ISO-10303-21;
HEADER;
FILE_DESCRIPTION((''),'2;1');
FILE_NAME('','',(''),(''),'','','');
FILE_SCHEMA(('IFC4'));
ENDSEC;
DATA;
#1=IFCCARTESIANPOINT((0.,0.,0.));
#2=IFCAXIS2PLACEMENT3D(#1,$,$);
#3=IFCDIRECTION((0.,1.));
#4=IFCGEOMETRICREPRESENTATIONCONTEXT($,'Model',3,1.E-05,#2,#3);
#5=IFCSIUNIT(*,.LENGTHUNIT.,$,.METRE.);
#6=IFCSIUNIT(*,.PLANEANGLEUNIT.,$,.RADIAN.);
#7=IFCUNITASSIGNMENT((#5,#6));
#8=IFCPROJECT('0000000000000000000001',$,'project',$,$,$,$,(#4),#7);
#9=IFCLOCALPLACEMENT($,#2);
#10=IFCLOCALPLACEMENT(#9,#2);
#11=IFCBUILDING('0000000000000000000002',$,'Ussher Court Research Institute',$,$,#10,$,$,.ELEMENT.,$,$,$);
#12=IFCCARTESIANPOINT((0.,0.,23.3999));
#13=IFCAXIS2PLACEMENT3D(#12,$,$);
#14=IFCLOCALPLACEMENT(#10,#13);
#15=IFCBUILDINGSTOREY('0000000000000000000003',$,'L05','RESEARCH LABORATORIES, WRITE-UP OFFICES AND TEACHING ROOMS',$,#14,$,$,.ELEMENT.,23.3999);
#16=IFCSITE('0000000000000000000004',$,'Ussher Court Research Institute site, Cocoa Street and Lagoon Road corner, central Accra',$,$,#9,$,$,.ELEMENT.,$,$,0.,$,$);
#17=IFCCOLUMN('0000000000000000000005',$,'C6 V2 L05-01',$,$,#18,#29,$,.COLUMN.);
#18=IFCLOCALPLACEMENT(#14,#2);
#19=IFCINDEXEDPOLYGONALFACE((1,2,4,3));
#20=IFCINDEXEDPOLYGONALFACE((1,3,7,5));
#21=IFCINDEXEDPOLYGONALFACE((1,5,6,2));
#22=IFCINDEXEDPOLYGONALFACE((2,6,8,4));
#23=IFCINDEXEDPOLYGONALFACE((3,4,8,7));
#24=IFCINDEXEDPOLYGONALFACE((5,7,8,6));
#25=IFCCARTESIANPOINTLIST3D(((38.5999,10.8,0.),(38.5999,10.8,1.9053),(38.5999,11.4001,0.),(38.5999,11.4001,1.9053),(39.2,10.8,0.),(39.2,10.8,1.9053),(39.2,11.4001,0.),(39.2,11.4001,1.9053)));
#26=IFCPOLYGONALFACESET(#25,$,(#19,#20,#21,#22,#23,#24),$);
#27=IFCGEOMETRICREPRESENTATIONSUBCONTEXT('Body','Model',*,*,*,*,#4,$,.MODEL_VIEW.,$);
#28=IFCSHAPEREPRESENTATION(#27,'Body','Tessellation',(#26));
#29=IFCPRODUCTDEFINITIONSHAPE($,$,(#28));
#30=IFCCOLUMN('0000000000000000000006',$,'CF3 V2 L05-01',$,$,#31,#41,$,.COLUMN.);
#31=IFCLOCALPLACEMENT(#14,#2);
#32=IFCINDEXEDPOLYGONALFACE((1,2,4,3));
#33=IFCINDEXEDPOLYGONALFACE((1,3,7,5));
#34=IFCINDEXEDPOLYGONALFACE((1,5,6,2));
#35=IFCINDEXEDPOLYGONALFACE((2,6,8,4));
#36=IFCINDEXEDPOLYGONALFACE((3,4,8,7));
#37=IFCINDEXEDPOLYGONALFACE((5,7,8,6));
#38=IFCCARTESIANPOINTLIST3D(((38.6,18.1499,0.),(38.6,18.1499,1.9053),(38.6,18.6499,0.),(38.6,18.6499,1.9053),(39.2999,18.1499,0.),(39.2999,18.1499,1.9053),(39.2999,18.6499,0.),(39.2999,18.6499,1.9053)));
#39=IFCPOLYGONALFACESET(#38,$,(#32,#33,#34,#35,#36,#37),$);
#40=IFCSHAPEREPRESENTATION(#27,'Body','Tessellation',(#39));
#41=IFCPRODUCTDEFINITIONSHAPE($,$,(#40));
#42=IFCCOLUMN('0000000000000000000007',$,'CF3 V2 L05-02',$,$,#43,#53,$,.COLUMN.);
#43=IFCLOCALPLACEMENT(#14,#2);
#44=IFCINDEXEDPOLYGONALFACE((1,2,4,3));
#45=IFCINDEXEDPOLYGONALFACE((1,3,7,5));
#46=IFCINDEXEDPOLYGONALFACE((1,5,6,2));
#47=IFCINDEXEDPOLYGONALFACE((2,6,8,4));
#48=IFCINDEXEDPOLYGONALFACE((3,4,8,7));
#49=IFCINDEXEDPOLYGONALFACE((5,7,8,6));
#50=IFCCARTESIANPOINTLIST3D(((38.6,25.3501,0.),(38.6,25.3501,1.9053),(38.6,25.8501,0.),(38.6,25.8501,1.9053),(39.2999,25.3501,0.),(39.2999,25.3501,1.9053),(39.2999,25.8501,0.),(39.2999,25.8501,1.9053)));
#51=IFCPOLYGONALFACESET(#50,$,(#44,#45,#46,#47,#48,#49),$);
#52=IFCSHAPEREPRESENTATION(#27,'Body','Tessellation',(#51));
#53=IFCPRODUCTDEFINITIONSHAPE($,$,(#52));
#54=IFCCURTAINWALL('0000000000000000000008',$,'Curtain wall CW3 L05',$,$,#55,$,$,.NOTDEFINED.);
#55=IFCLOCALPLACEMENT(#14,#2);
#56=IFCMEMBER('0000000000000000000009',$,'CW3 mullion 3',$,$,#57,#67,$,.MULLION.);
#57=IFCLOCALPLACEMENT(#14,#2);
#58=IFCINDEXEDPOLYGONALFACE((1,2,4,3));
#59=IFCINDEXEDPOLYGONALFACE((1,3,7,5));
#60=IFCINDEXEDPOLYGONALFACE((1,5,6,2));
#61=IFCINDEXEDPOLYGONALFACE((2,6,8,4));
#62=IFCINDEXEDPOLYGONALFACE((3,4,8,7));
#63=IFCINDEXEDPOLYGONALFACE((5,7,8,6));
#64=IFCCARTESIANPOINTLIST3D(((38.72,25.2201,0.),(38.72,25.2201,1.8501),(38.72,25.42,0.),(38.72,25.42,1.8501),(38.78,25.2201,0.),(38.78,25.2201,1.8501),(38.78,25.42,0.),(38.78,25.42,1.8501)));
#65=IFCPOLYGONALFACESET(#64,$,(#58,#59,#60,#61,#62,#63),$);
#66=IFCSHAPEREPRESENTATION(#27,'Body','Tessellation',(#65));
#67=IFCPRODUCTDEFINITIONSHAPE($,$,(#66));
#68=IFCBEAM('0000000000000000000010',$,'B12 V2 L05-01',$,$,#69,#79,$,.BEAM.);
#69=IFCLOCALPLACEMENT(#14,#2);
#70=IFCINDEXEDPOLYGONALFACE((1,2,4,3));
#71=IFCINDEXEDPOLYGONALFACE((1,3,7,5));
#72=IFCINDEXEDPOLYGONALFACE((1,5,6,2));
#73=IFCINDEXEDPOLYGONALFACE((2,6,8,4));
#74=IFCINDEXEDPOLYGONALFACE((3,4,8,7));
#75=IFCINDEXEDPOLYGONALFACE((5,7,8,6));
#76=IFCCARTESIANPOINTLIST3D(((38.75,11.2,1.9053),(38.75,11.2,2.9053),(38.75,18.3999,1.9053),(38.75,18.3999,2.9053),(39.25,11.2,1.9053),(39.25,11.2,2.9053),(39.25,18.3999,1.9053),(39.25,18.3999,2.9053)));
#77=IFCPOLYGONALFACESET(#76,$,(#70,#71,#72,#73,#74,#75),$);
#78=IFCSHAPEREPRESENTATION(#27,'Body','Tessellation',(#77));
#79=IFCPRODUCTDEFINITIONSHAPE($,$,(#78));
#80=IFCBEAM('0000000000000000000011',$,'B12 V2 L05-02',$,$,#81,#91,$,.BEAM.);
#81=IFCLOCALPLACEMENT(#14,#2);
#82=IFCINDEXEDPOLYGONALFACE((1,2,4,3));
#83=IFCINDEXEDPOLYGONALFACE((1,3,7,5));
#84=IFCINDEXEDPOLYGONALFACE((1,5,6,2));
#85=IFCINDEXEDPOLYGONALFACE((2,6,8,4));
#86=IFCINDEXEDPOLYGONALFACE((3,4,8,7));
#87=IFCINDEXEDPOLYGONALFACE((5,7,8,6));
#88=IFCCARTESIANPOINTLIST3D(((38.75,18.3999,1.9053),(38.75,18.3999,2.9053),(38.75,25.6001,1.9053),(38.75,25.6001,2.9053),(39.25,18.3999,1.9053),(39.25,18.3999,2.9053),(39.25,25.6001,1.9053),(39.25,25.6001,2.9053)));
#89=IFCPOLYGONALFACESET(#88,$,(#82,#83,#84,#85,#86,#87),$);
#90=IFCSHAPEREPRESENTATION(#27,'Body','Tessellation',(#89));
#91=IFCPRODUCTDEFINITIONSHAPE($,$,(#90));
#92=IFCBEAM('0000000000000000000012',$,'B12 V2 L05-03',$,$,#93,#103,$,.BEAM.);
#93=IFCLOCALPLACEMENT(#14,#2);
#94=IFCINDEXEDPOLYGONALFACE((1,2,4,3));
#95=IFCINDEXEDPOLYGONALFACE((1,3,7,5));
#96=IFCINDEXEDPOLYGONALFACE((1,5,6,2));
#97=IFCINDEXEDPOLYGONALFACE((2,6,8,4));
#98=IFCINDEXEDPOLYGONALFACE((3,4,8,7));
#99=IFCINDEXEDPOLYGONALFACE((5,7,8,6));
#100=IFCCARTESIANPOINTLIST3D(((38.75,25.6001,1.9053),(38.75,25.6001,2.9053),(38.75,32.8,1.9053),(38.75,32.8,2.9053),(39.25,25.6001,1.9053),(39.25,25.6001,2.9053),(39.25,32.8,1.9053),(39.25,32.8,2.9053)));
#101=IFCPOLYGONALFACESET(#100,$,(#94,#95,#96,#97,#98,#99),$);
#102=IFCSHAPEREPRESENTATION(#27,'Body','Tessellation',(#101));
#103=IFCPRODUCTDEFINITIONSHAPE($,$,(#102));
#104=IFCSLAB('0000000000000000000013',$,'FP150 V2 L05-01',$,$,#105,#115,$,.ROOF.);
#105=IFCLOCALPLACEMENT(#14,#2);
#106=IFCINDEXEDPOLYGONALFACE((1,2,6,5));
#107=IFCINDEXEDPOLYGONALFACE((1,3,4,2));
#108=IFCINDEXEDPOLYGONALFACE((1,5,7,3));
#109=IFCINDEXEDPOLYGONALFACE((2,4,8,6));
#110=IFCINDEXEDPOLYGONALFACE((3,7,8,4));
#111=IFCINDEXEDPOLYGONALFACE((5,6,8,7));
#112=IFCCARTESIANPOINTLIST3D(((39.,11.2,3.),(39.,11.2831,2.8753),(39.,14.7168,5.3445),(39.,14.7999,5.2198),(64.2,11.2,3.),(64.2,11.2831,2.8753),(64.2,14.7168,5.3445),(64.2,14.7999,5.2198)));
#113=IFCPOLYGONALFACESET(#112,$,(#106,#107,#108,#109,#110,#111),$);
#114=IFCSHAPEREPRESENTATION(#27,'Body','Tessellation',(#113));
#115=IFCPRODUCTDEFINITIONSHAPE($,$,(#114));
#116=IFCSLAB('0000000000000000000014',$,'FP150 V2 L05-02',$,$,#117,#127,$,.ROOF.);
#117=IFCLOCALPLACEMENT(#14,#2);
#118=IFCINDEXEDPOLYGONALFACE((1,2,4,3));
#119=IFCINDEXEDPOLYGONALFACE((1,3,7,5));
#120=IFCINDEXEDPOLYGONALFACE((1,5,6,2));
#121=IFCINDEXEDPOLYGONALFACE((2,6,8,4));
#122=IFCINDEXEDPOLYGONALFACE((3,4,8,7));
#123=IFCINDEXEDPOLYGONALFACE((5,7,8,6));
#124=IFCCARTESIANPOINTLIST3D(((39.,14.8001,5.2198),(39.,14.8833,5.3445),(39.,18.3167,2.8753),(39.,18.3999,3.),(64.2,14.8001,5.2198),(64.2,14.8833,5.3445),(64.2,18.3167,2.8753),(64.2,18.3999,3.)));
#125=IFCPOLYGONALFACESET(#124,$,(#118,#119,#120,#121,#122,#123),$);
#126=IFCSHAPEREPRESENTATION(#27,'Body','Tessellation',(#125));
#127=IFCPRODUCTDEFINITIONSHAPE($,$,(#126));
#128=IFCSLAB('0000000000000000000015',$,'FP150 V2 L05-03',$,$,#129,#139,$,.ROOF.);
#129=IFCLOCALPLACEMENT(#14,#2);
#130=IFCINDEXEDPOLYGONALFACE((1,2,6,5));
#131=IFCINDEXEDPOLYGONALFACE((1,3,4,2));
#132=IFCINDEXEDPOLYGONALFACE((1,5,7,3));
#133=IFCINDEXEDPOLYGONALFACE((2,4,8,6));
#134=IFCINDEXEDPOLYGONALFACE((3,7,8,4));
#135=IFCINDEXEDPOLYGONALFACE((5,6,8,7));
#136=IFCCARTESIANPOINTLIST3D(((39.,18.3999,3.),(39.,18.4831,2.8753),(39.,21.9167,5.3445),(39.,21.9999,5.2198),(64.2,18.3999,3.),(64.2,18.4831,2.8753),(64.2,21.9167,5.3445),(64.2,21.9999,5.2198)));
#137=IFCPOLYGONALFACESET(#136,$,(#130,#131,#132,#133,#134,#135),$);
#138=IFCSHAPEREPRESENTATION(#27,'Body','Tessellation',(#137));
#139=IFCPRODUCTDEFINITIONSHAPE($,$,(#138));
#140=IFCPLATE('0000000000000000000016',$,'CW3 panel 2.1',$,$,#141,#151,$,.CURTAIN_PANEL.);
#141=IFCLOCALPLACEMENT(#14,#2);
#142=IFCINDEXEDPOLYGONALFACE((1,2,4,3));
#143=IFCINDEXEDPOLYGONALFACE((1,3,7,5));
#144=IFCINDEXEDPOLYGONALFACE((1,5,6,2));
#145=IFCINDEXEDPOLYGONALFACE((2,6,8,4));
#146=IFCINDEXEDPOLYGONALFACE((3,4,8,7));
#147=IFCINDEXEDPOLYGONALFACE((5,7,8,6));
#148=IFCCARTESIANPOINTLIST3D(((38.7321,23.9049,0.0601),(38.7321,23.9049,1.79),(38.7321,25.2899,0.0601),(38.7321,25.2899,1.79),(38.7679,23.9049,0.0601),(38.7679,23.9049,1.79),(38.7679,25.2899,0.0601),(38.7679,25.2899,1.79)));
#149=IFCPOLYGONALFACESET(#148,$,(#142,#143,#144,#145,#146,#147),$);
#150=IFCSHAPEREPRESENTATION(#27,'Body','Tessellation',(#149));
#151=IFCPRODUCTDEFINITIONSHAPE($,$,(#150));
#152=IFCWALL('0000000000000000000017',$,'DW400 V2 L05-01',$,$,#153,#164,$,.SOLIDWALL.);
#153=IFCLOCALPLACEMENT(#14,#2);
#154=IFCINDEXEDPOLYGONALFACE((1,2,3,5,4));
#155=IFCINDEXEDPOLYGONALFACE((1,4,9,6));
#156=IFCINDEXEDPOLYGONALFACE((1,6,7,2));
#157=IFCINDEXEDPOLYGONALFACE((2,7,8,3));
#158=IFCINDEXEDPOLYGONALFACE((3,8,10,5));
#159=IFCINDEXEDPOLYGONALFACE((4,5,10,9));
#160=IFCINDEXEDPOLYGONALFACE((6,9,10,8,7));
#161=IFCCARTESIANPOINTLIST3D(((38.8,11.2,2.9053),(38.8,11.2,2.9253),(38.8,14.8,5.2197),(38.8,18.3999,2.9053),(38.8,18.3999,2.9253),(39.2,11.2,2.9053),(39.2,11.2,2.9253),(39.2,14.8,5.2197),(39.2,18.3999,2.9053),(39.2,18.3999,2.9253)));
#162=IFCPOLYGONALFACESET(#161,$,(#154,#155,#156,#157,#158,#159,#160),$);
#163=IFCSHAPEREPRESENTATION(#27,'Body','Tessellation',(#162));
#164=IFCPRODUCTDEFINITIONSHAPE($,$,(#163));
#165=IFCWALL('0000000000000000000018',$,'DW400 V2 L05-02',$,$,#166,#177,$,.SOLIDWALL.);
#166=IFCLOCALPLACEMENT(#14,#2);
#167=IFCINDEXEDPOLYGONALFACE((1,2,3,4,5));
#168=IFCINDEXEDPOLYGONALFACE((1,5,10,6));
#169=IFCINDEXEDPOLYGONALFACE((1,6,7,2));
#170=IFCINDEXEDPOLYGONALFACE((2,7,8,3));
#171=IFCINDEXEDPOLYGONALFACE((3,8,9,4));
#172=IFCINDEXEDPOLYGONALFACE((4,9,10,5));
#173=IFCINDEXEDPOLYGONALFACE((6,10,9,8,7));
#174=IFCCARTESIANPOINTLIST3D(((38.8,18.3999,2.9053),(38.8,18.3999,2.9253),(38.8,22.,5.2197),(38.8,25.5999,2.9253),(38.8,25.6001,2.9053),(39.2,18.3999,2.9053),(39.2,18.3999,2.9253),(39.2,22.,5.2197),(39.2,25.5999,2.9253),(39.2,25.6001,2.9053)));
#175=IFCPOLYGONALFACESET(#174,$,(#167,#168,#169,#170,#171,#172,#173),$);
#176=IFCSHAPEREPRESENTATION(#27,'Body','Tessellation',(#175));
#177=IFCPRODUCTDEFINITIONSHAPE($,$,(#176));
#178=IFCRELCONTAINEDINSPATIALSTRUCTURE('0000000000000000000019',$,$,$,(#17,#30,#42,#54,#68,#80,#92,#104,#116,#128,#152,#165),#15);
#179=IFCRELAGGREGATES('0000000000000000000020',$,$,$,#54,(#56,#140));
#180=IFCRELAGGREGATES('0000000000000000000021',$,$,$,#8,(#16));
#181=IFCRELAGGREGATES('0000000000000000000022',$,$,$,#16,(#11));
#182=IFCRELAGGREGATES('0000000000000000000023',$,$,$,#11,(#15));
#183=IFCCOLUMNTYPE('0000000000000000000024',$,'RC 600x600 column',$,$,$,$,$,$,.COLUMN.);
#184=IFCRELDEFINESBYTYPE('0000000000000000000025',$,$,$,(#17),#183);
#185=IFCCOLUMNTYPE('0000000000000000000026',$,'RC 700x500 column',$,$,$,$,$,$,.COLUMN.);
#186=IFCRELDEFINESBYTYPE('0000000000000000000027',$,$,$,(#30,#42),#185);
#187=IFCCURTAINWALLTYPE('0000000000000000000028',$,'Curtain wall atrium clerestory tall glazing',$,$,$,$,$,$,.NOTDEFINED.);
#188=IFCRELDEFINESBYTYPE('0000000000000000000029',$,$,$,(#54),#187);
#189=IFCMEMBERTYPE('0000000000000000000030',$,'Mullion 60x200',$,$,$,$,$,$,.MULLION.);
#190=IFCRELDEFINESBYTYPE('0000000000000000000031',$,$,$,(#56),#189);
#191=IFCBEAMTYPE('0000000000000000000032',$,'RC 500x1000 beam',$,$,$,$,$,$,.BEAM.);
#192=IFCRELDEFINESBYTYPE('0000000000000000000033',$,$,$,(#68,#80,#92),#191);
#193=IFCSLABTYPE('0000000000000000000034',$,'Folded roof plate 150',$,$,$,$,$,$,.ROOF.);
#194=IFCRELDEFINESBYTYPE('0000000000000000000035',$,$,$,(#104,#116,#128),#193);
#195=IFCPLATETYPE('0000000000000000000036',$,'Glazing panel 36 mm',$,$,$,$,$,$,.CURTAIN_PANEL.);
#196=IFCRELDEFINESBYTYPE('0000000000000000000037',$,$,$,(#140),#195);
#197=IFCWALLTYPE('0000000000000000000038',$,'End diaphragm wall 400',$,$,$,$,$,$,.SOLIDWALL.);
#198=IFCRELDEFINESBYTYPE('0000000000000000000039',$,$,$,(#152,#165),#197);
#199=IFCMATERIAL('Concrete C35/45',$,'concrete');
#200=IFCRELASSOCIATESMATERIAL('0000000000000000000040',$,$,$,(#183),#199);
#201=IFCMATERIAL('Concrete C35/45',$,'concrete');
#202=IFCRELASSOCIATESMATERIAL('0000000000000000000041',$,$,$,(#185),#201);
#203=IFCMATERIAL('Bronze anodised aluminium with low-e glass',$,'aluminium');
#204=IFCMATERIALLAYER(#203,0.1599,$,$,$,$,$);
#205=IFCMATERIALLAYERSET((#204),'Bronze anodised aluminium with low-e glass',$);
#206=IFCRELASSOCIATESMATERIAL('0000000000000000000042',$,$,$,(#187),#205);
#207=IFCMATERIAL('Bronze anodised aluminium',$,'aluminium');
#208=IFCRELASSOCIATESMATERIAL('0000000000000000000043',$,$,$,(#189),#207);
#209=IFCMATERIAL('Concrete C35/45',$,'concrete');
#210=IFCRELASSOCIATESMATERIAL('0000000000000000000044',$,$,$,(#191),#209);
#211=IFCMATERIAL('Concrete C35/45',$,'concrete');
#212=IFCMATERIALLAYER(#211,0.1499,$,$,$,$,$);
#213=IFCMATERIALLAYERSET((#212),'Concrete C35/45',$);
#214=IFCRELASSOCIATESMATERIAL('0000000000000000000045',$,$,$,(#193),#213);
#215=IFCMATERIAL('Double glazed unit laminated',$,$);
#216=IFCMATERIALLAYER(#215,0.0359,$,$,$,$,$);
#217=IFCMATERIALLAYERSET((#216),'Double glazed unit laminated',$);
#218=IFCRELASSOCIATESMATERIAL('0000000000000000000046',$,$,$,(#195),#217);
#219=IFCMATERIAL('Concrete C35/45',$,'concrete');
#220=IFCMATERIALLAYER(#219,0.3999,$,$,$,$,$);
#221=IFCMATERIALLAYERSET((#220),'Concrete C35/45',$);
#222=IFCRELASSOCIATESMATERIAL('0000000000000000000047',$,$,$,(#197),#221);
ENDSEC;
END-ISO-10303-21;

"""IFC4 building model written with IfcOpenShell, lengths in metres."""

from ifc_helpers import new_model, si_unit, direction, frame, origin, origin_2d, place, context, subcontext, project, spatial, polyline, rectangle, outline, extrude, material, layer, layer_set, material_profile, profile_set, type_object, element, aggregate, save


model = new_model("IFC4")

# Units and contexts
model_context = context("Model", 3, precision=1e-05, world=origin(), true_north=direction((0.0, 1.0)))
body_context = subcontext(model_context, "Body", "Model", "MODEL_VIEW")
ifc_project = project(units=[si_unit("LENGTHUNIT", "METRE"), si_unit("PLANEANGLEUNIT", "RADIAN")], contexts=[model_context])

# Site, building, storey
site_placement = place(None, origin())
site = spatial("IfcSite", under=ifc_project, at=site_placement, Name="Ussher Court Research Institute site, Cocoa Street and Lagoon Road corner, central Accra", CompositionType="ELEMENT", RefElevation=0.0)
building_placement = place(site_placement, origin())
building = spatial("IfcBuilding", under=site, at=building_placement, Name="Ussher Court Research Institute", CompositionType="ELEMENT")
storey_placement = place(building_placement, frame((0.0, 0.0, 23.3999)))
storey = spatial("IfcBuildingStorey", under=building, at=storey_placement, Name="L05", Description="RESEARCH LABORATORIES, WRITE-UP OFFICES AND TEACHING ROOMS", CompositionType="ELEMENT", Elevation=23.3999)

# Columns
ifc_material_1 = material(Name="Concrete C35/45", Category="concrete")
ifc_material_profile_1 = material_profile(ifc_material_1, rectangle(XDim=0.6001, YDim=0.6001, at=origin_2d()), Name="RC 600x600")
ifc_profile_set_1 = profile_set([ifc_material_profile_1], Name="Concrete C35/45")
column_type_1 = type_object("IfcColumnType", Name="RC 600x600 column", PredefinedType="COLUMN", material=ifc_profile_set_1)
column_placement = place(storey_placement, frame((38.8999, 11.1001, 0.0), z_axis=(0.0, 0.0, 1.0), x_axis=(1.0, 0.0, 0.0)))
element("IfcColumn", 1, at=column_placement, inside=storey, type_object=column_type_1, Name="C6 V2 L05-01", PredefinedType="COLUMN", context=body_context, shape_type="SweptSolid", body=[
    extrude(rectangle(XDim=0.6001, YDim=0.6001, at=origin_2d()), origin(), (0.0, 0.0, 1.0), 1.9053),
])
ifc_material_2 = material(Name="Concrete C35/45", Category="concrete")
ifc_material_profile_2 = material_profile(ifc_material_2, rectangle(XDim=0.7, YDim=0.5, at=origin_2d()), Name="RC 700x500")
ifc_profile_set_2 = profile_set([ifc_material_profile_2], Name="Concrete C35/45")
column_type_2 = type_object("IfcColumnType", Name="RC 700x500 column", PredefinedType="COLUMN", material=ifc_profile_set_2)
for number, where, z_axis, x_axis, name in (
    (2, (38.95, 18.3999, 0.0), (0.0, 0.0, 1.0), (1.0, 0.0, 0.0), "CF3 V2 L05-01"),
    (3, (38.95, 25.6001, 0.0), (0.0, 0.0, 1.0), (1.0, 0.0, 0.0), "CF3 V2 L05-02"),
):
    element("IfcColumn", number, at=place(storey_placement, frame(where, z_axis=z_axis, x_axis=x_axis)), inside=storey, type_object=column_type_2, Name=name, PredefinedType="COLUMN", context=body_context, shape_type="SweptSolid", body=[
        extrude(rectangle(XDim=0.7, YDim=0.5, at=origin_2d()), origin(), (0.0, 0.0, 1.0), 1.9053),
    ])

# Curtain wall, member
ifc_material_3 = material(Name="Bronze anodised aluminium with low-e glass", Category="aluminium")
ifc_layer_1 = layer(ifc_material_3, 0.1599)
ifc_layer_set_1 = layer_set([ifc_layer_1], Name="Bronze anodised aluminium with low-e glass")
curtain_wall_type = type_object("IfcCurtainWallType", Name="Curtain wall atrium clerestory tall glazing", PredefinedType="NOTDEFINED", material=ifc_layer_set_1)
curtain_wall_placement = place(storey_placement, origin())
curtain_wall = element("IfcCurtainWall", 4, at=curtain_wall_placement, inside=storey, type_object=curtain_wall_type, Name="Curtain wall CW3 L05", PredefinedType="NOTDEFINED")
ifc_material_4 = material(Name="Bronze anodised aluminium", Category="aluminium")
ifc_material_profile_3 = material_profile(ifc_material_4, rectangle(XDim=0.0601, YDim=0.2, at=origin_2d()), Name="Mullion 60x200")
ifc_profile_set_3 = profile_set([ifc_material_profile_3], Name="Bronze anodised aluminium")
member_type = type_object("IfcMemberType", Name="Mullion 60x200", PredefinedType="MULLION", material=ifc_profile_set_3)
member_placement = place(storey_placement, frame((38.75, 25.3201, 0.0), z_axis=(0.0, 0.0, 1.0), x_axis=(-1.0, 0.0, 0.0)))
member = element("IfcMember", 5, at=member_placement, type_object=member_type, Name="CW3 mullion 3", PredefinedType="MULLION", context=body_context, shape_type="SweptSolid", body=[
    extrude(rectangle(XDim=0.0601, YDim=0.2, at=origin_2d()), origin(), (0.0, 0.0, 1.0), 1.8501),
])

# Beams
ifc_material_5 = material(Name="Concrete C35/45", Category="concrete")
ifc_material_profile_4 = material_profile(ifc_material_5, rectangle(XDim=0.5, YDim=1.0, at=origin_2d()), Name="RC 500x1000")
ifc_profile_set_4 = profile_set([ifc_material_profile_4], Name="Concrete C35/45")
beam_type = type_object("IfcBeamType", Name="RC 500x1000 beam", PredefinedType="BEAM", material=ifc_profile_set_4)
beam_1_placement = place(storey_placement, frame((39.0, 11.2, 2.4053), z_axis=(0.0, 1.0, 0.0), x_axis=(-1.0, 0.0, 0.0)))
element("IfcBeam", 6, at=beam_1_placement, inside=storey, type_object=beam_type, Name="B12 V2 L05-01", PredefinedType="BEAM", context=body_context, shape_type="SweptSolid", body=[
    extrude(rectangle(XDim=0.5, YDim=1.0, at=origin_2d()), origin(), (0.0, 0.0, 1.0), 7.2),
])
beam_2_placement = place(storey_placement, frame((39.0, 18.3999, 2.4053), z_axis=(0.0, 1.0, 0.0), x_axis=(-1.0, 0.0, 0.0)))
element("IfcBeam", 7, at=beam_2_placement, inside=storey, type_object=beam_type, Name="B12 V2 L05-02", PredefinedType="BEAM", context=body_context, shape_type="SweptSolid", body=[
    extrude(rectangle(XDim=0.5, YDim=1.0, at=origin_2d()), origin(), (0.0, 0.0, 1.0), 7.2002),
])
beam_3_placement = place(storey_placement, frame((39.0, 25.6001, 2.4053), z_axis=(0.0, 1.0, 0.0), x_axis=(-1.0, 0.0, 0.0)))
element("IfcBeam", 8, at=beam_3_placement, inside=storey, type_object=beam_type, Name="B12 V2 L05-03", PredefinedType="BEAM", context=body_context, shape_type="SweptSolid", body=[
    extrude(rectangle(XDim=0.5, YDim=1.0, at=origin_2d()), origin(), (0.0, 0.0, 1.0), 7.2),
])

# Slabs
ifc_material_6 = material(Name="Concrete C35/45", Category="concrete")
ifc_layer_2 = layer(ifc_material_6, 0.1499)
ifc_layer_set_2 = layer_set([ifc_layer_2], Name="Concrete C35/45")
slab_type = type_object("IfcSlabType", Name="Folded roof plate 150", PredefinedType="ROOF", material=ifc_layer_set_2)
slab_1_placement = place(storey_placement, frame((39.0, 11.2, 3.0), z_axis=(0.0, -0.554687, 0.832059), x_axis=(1.0, 0.0, 0.0)))
element("IfcSlab", 9, at=slab_1_placement, inside=storey, type_object=slab_type, Name="FP150 V2 L05-01", PredefinedType="ROOF", context=body_context, shape_type="SweptSolid", body=[
    extrude(outline(polyline([(0.0, 0.0), (25.2, 0.0), (25.2, 4.2267), (0.0, 4.2267), (0.0, 0.0)])), origin(), (0.0, 0.0, -1.0), 0.1499),
])
slab_2_placement = place(storey_placement, frame((39.0, 18.3999, 3.0), z_axis=(0.0, 0.554714, 0.832041), x_axis=(1.0, 0.0, 0.0)))
element("IfcSlab", 10, at=slab_2_placement, inside=storey, type_object=slab_type, Name="FP150 V2 L05-02", PredefinedType="ROOF", context=body_context, shape_type="SweptSolid", body=[
    extrude(outline(polyline([(0.0, 0.0), (25.2, 0.0), (25.2, -4.2265), (0.0, -4.2265), (0.0, 0.0)])), origin(), (0.0, 0.0, -1.0), 0.1499),
])
slab_3_placement = place(storey_placement, frame((39.0, 18.3999, 3.0), z_axis=(0.0, -0.554687, 0.832059), x_axis=(1.0, 0.0, 0.0)))
element("IfcSlab", 11, at=slab_3_placement, inside=storey, type_object=slab_type, Name="FP150 V2 L05-03", PredefinedType="ROOF", context=body_context, shape_type="SweptSolid", body=[
    extrude(outline(polyline([(0.0, 0.0), (25.2, 0.0), (25.2, 4.2267), (0.0, 4.2267), (0.0, 0.0)])), origin(), (0.0, 0.0, -1.0), 0.1499),
])

# Plate
ifc_material_7 = material(Name="Double glazed unit laminated")
ifc_layer_3 = layer(ifc_material_7, 0.0359)
ifc_layer_set_3 = layer_set([ifc_layer_3], Name="Double glazed unit laminated")
plate_type = type_object("IfcPlateType", Name="Glazing panel 36 mm", PredefinedType="CURTAIN_PANEL", material=ifc_layer_set_3)
plate_placement = place(storey_placement, frame((38.75, 24.5974, 0.0601), z_axis=(0.0, 0.0, 1.0), x_axis=(0.0, 1.0, 0.0)))
plate = element("IfcPlate", 12, at=plate_placement, type_object=plate_type, Name="CW3 panel 2.1", PredefinedType="CURTAIN_PANEL", context=body_context, shape_type="SweptSolid", body=[
    extrude(rectangle(XDim=1.385, YDim=0.0359, at=origin_2d()), origin(), (0.0, 0.0, 1.0), 1.73),
])
aggregate(curtain_wall, [member, plate])

# Walls
ifc_material_8 = material(Name="Concrete C35/45", Category="concrete")
ifc_layer_4 = layer(ifc_material_8, 0.3999)
ifc_layer_set_4 = layer_set([ifc_layer_4], Name="Concrete C35/45")
wall_type_1 = type_object("IfcWallType", Name="End diaphragm wall 400", PredefinedType="SOLIDWALL", material=ifc_layer_set_4)
wall_1_placement = place(storey_placement, frame((39.0, 11.2, 2.9053), z_axis=(0.0, 0.0, 1.0), x_axis=(0.0, 1.0, 0.0)))
element("IfcWall", 13, at=wall_1_placement, inside=storey, type_object=wall_type_1, Name="DW400 V2 L05-01", PredefinedType="SOLIDWALL", context=body_context, shape_type="SweptSolid", body=[
    extrude(outline(polyline([(0.0, 0.0), (7.2, 0.0), (7.2, 0.02), (3.6001, 2.3145), (0.0, 0.02), (0.0, 0.0)])), frame((0.0, 0.2, 0.0), z_axis=(0.0, -1.0, 0.0), x_axis=(1.0, 0.0, 0.0)), (0.0, 0.0, 1.0), 0.3999),
])
wall_2_placement = place(storey_placement, frame((39.0, 18.3999, 2.9053), z_axis=(0.0, 0.0, 1.0), x_axis=(0.0, 1.0, 0.0)))
element("IfcWall", 14, at=wall_2_placement, inside=storey, type_object=wall_type_1, Name="DW400 V2 L05-02", PredefinedType="SOLIDWALL", context=body_context, shape_type="SweptSolid", body=[
    extrude(outline(polyline([(0.0, 0.0), (7.2002, 0.0), (7.2, 0.02), (3.6001, 2.3145), (0.0, 0.02), (0.0, 0.0)])), frame((0.0, 0.2, 0.0), z_axis=(0.0, -1.0, 0.0), x_axis=(1.0, 0.0, 0.0)), (0.0, 0.0, 1.0), 0.3999),
])

save(model, "model.ifc")
